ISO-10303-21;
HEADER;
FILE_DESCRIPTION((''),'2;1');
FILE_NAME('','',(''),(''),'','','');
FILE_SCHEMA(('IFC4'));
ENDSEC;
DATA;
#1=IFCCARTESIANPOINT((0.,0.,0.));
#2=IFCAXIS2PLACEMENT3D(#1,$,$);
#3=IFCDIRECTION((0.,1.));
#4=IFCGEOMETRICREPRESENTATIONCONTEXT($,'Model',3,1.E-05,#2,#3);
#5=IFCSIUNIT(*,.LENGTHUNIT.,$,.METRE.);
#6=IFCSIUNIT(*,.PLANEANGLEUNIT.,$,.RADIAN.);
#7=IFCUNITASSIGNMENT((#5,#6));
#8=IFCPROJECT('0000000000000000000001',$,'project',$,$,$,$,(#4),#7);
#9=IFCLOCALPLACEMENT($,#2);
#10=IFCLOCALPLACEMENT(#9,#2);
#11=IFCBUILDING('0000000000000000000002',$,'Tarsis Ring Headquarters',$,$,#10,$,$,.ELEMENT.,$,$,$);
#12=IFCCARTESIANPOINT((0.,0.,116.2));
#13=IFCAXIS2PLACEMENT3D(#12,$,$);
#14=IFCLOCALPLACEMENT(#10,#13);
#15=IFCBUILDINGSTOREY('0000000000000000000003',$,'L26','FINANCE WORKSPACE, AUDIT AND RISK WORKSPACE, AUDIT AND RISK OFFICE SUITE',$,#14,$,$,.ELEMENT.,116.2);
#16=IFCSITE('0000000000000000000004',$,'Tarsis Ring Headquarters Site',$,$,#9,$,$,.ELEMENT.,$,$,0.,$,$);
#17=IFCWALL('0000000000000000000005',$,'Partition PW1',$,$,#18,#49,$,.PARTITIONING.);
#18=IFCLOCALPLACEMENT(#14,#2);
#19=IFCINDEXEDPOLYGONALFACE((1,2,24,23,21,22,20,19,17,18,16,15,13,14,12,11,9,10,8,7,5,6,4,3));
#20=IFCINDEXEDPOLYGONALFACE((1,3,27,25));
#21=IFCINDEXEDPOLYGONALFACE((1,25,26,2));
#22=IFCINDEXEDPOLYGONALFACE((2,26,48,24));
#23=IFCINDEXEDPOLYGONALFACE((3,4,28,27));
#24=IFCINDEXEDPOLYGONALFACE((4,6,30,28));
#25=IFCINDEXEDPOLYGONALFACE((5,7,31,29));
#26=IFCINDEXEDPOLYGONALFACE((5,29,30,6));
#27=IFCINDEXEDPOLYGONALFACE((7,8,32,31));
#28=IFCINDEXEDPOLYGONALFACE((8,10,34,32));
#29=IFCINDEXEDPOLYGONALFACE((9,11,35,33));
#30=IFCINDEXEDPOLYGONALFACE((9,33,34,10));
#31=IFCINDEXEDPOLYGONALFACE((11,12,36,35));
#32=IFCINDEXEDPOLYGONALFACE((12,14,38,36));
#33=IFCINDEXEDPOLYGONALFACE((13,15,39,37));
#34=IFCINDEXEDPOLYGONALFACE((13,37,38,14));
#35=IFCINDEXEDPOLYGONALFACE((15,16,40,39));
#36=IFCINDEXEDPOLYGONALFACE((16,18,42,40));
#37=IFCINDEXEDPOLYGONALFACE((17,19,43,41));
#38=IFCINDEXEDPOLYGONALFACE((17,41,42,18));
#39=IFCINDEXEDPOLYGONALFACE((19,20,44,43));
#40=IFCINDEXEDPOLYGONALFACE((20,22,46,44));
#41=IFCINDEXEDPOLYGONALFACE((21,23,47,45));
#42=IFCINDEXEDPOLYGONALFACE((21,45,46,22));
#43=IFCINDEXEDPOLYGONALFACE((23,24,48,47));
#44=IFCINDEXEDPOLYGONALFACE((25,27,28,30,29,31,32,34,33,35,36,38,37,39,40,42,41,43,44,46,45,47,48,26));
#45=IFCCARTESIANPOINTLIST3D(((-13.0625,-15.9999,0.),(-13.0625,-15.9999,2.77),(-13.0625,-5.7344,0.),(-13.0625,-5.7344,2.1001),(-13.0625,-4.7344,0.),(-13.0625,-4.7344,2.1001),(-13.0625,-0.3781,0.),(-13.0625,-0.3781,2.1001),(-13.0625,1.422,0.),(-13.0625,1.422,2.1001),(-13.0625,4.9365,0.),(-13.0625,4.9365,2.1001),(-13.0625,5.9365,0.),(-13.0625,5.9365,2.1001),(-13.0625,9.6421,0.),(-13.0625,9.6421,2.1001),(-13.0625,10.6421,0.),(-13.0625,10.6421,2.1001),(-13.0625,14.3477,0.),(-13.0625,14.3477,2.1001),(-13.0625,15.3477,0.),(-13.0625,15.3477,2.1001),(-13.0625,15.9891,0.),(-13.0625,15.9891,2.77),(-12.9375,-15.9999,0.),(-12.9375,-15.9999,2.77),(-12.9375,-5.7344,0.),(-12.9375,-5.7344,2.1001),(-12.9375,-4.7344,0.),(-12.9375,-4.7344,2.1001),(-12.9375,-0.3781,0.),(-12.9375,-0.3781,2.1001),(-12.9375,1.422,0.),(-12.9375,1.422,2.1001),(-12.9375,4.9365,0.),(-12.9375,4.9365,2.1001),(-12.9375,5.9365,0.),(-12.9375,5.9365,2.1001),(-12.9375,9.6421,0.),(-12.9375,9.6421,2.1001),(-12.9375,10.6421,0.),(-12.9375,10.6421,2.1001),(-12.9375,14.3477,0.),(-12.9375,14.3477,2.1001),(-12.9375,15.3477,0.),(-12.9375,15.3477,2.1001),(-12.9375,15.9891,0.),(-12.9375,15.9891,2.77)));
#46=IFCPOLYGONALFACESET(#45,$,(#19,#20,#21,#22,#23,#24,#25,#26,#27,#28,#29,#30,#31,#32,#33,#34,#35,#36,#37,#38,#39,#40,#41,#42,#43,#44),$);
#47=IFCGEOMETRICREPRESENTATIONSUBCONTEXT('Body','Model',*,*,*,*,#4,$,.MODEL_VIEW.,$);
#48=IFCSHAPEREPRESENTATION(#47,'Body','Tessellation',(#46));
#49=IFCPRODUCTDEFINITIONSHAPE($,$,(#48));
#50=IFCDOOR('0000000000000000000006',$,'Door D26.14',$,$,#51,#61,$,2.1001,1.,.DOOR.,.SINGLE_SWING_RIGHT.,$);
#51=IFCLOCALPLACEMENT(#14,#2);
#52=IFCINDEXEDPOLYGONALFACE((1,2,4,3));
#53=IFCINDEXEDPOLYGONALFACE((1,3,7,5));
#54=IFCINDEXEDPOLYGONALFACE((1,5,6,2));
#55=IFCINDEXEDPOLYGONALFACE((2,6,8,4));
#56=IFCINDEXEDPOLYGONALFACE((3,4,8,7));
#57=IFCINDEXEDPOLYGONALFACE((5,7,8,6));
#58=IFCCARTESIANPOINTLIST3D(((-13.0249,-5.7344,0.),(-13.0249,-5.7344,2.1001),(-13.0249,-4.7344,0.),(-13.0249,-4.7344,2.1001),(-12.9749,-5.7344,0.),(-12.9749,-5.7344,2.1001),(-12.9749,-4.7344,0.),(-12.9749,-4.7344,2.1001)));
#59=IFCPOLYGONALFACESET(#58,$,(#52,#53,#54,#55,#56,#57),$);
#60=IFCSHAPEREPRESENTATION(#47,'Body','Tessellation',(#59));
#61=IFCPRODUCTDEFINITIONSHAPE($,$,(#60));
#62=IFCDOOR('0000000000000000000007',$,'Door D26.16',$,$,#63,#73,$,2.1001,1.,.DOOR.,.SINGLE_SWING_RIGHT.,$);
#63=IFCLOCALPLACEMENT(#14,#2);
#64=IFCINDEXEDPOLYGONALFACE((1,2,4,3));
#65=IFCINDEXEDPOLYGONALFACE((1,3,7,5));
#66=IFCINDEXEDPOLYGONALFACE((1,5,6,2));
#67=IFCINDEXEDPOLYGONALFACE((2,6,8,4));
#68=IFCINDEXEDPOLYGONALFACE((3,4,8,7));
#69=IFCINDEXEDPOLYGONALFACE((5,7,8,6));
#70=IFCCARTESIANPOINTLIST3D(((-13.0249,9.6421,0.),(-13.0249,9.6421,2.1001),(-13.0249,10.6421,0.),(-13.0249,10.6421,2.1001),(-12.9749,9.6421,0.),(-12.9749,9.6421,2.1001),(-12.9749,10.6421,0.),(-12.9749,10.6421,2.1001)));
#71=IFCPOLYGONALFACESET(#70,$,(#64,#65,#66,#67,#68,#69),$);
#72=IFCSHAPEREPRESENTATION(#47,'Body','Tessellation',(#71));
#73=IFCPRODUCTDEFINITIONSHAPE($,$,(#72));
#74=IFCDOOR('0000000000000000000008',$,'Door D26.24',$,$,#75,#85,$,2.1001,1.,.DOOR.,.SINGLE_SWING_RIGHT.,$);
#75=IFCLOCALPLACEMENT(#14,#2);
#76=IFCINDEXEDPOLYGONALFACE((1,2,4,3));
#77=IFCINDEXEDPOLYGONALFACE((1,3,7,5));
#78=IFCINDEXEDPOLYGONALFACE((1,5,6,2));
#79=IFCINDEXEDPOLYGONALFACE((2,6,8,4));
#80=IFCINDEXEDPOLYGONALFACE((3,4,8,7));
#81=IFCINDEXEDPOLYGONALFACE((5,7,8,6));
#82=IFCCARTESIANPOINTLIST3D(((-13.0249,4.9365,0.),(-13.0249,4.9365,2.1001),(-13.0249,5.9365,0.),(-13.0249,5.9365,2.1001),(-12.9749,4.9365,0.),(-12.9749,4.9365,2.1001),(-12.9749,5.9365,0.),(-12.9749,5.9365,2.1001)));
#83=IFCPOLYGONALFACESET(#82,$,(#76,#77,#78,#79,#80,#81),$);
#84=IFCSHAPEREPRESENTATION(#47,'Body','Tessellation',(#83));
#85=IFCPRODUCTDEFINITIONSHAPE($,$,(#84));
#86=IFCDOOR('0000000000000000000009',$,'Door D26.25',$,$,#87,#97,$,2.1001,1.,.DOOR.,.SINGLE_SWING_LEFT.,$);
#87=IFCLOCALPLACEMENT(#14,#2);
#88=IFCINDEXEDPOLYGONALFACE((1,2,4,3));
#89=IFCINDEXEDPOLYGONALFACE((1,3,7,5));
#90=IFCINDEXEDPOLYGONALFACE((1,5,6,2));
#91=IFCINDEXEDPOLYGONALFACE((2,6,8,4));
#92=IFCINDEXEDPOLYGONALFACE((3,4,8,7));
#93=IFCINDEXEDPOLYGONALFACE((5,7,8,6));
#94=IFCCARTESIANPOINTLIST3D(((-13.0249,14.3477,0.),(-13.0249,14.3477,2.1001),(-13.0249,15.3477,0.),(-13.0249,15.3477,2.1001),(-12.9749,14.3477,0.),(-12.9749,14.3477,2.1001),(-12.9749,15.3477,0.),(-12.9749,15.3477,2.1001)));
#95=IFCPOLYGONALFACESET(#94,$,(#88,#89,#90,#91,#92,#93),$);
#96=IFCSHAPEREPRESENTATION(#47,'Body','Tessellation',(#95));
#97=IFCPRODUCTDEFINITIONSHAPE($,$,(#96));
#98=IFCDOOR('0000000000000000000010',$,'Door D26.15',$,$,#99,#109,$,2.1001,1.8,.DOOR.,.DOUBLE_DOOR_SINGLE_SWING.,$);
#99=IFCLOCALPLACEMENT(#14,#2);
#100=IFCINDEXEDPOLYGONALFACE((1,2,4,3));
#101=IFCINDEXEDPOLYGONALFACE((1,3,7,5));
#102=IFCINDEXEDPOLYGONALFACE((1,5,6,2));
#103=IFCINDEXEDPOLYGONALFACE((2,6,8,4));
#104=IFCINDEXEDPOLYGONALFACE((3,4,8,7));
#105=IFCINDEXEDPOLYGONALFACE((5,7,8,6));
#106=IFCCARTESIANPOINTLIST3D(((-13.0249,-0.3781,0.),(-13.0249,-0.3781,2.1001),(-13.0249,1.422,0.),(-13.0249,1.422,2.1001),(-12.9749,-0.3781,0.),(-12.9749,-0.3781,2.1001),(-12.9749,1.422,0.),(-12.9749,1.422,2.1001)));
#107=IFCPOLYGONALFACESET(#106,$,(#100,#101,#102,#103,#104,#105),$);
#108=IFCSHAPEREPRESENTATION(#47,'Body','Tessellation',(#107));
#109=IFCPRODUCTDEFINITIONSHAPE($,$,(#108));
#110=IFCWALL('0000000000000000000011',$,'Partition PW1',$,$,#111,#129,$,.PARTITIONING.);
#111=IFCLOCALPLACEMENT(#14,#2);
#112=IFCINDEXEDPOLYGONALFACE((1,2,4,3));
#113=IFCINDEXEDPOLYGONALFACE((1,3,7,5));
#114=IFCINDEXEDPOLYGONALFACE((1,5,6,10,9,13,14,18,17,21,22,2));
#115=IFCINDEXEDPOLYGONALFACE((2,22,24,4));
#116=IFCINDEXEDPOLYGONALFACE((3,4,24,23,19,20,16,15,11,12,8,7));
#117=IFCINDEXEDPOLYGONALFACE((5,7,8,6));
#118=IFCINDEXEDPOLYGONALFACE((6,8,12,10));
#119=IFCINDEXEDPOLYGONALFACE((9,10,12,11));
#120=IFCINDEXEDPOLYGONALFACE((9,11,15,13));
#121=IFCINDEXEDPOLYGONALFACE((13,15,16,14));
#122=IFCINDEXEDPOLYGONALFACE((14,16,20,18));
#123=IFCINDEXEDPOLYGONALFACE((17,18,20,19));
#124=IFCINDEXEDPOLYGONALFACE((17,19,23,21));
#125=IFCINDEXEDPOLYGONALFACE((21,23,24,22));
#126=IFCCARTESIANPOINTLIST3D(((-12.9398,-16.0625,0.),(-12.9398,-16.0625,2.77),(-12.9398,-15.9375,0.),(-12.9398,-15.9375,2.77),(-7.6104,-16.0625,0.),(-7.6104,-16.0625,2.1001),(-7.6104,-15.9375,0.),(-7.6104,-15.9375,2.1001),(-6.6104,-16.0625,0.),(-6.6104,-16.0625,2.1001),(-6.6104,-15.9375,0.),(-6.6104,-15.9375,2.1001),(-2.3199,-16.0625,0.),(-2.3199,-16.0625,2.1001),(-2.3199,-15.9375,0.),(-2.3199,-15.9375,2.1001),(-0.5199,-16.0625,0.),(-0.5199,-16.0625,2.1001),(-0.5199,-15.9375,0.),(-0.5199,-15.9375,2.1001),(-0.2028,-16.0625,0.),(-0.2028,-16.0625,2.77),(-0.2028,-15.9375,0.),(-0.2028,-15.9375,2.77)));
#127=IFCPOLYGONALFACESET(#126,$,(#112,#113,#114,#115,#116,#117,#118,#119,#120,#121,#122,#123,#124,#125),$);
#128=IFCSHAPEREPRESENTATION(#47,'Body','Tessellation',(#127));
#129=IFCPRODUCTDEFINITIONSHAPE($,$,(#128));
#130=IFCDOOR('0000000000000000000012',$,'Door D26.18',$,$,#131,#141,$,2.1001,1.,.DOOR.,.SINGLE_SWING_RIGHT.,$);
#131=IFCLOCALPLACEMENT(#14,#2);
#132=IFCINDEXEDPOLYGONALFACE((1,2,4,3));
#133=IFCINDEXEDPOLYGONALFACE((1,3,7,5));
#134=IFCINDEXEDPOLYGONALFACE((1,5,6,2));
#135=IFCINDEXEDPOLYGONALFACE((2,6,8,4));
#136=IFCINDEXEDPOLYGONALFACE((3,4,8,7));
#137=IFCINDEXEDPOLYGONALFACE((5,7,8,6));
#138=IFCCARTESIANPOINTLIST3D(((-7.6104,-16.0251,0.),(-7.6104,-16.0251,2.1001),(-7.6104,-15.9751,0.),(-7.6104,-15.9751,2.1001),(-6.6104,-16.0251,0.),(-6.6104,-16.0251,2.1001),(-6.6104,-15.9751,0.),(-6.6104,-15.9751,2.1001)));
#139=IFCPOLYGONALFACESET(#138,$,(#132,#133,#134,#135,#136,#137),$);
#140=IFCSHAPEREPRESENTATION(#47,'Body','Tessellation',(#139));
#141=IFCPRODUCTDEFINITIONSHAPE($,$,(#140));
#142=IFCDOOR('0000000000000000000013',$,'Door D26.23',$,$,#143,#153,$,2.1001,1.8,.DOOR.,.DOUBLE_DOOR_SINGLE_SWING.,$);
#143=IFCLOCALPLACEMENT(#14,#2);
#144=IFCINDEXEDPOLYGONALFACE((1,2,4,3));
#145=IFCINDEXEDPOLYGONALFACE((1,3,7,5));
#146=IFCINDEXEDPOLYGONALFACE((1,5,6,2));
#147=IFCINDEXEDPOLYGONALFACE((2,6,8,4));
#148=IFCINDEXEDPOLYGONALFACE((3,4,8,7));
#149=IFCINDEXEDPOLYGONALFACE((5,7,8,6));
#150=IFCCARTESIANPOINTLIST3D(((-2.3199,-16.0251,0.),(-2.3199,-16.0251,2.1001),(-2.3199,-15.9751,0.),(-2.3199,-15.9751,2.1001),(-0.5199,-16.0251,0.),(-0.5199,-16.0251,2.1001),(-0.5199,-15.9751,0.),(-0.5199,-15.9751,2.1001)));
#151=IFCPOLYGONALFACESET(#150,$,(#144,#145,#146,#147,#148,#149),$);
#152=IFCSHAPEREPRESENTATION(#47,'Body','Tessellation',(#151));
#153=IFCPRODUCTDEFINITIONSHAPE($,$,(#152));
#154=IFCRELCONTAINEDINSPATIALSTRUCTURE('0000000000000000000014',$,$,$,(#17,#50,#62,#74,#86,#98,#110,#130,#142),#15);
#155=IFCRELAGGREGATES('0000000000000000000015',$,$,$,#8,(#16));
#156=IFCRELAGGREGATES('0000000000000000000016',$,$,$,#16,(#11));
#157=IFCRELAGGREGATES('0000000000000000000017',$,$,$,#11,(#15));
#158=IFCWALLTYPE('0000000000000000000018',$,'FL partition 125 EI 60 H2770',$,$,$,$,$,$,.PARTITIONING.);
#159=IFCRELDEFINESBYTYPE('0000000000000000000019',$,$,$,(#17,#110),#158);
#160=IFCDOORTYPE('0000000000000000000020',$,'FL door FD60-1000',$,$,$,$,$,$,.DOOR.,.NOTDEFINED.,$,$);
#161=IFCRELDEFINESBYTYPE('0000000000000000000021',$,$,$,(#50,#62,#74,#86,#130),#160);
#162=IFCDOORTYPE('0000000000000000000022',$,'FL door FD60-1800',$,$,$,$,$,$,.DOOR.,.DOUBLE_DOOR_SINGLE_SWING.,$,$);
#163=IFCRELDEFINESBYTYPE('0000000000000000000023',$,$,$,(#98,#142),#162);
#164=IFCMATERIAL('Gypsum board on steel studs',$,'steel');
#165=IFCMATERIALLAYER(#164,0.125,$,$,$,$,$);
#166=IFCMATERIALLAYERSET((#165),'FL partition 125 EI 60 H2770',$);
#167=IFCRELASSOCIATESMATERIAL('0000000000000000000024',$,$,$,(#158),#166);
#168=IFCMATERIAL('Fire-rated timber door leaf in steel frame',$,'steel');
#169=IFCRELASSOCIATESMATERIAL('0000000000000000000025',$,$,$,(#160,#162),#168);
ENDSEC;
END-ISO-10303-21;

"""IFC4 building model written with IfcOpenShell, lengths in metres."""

from ifc_helpers import new_model, si_unit, direction, frame, frame_2d, origin, place, context, subcontext, project, spatial, rectangle, extrude, material, layer, layer_set, type_object, element, fill, save


model = new_model("IFC4")

# Units and contexts
model_context = context("Model", 3, precision=1e-05, world=origin(), true_north=direction((0.0, 1.0)))
body_context = subcontext(model_context, "Body", "Model", "MODEL_VIEW")
ifc_project = project(units=[si_unit("LENGTHUNIT", "METRE"), si_unit("PLANEANGLEUNIT", "RADIAN")], contexts=[model_context])

# Site, building, storey
site_placement = place(None, origin())
site = spatial("IfcSite", under=ifc_project, at=site_placement, Name="Tarsis Ring Headquarters Site", CompositionType="ELEMENT", RefElevation=0.0)
building_placement = place(site_placement, origin())
building = spatial("IfcBuilding", under=site, at=building_placement, Name="Tarsis Ring Headquarters", CompositionType="ELEMENT")
storey_placement = place(building_placement, frame((0.0, 0.0, 116.2)))
storey = spatial("IfcBuildingStorey", under=building, at=storey_placement, Name="L26", Description="FINANCE WORKSPACE, AUDIT AND RISK WORKSPACE, AUDIT AND RISK OFFICE SUITE", CompositionType="ELEMENT", Elevation=116.2)

# Walls, openings, doors
ifc_material_1 = material(Name="Gypsum board on steel studs", Category="steel")
ifc_layer_1 = layer(ifc_material_1, 0.125)
ifc_layer_set_1 = layer_set([ifc_layer_1], Name="FL partition 125 EI 60 H2770")
wall_type_1 = type_object("IfcWallType", Name="FL partition 125 EI 60 H2770", PredefinedType="PARTITIONING", material=ifc_layer_set_1)
wall_1_placement = place(storey_placement, frame((-13.0, -16.0, 0.0), z_axis=(0.0, 0.0, 1.0), x_axis=(0.0, 1.0, 0.0)))
wall_1 = element("IfcWall", 1, at=wall_1_placement, inside=storey, type_object=wall_type_1, Name="Partition PW1", PredefinedType="PARTITIONING", context=body_context, shape_type="SweptSolid", body=[
    extrude(rectangle(XDim=31.989, YDim=0.125, at=frame_2d((15.9946, 0.0))), origin(), (0.0, 0.0, 1.0), 2.77),
])
opening_1_placement = place(wall_1_placement, frame((10.2656, 0.0, 0.0)))
opening_1 = element("IfcOpeningElement", 2, at=opening_1_placement, cuts=wall_1, PredefinedType="OPENING", context=body_context, shape_type="SweptSolid", body=[
    extrude(rectangle(XDim=1.0, YDim=2.1001, at=frame_2d((0.5, 1.05))), frame((0.0, 0.0725, 0.0), z_axis=(0.0, -1.0, 0.0), x_axis=(1.0, 0.0, 0.0)), (0.0, 0.0, 1.0), 0.145),
])
opening_2_placement = place(wall_1_placement, frame((15.6221, 0.0, 0.0)))
opening_2 = element("IfcOpeningElement", 3, at=opening_2_placement, cuts=wall_1, PredefinedType="OPENING", context=body_context, shape_type="SweptSolid", body=[
    extrude(rectangle(XDim=1.8, YDim=2.1001, at=frame_2d((0.8999, 1.05))), frame((0.0, 0.0725, 0.0), z_axis=(0.0, -1.0, 0.0), x_axis=(1.0, 0.0, 0.0)), (0.0, 0.0, 1.0), 0.145),
])
opening_3_placement = place(wall_1_placement, frame((25.6421, 0.0, 0.0)))
opening_3 = element("IfcOpeningElement", 4, at=opening_3_placement, cuts=wall_1, PredefinedType="OPENING", context=body_context, shape_type="SweptSolid", body=[
    extrude(rectangle(XDim=1.0, YDim=2.1001, at=frame_2d((0.5, 1.05))), frame((0.0, 0.0725, 0.0), z_axis=(0.0, -1.0, 0.0), x_axis=(1.0, 0.0, 0.0)), (0.0, 0.0, 1.0), 0.145),
])
opening_4_placement = place(wall_1_placement, frame((20.9365, 0.0, 0.0)))
opening_4 = element("IfcOpeningElement", 5, at=opening_4_placement, cuts=wall_1, PredefinedType="OPENING", context=body_context, shape_type="SweptSolid", body=[
    extrude(rectangle(XDim=1.0, YDim=2.1001, at=frame_2d((0.5, 1.05))), frame((0.0, 0.0725, 0.0), z_axis=(0.0, -1.0, 0.0), x_axis=(1.0, 0.0, 0.0)), (0.0, 0.0, 1.0), 0.145),
])
opening_5_placement = place(wall_1_placement, frame((30.3477, 0.0, 0.0)))
opening_5 = element("IfcOpeningElement", 6, at=opening_5_placement, cuts=wall_1, PredefinedType="OPENING", context=body_context, shape_type="SweptSolid", body=[
    extrude(rectangle(XDim=1.0, YDim=2.1001, at=frame_2d((0.5, 1.05))), frame((0.0, 0.0725, 0.0), z_axis=(0.0, -1.0, 0.0), x_axis=(1.0, 0.0, 0.0)), (0.0, 0.0, 1.0), 0.145),
])
ifc_material_2 = material(Name="Fire-rated timber door leaf in steel frame", Category="steel")
door_type_1 = type_object("IfcDoorType", Name="FL door FD60-1000", OperationType="NOTDEFINED", PredefinedType="DOOR", material=ifc_material_2)
door_1_placement = place(opening_1_placement, origin())
door_1 = element("IfcDoor", 7, at=door_1_placement, inside=storey, type_object=door_type_1, Name="Door D26.14", OperationType="SINGLE_SWING_RIGHT", OverallHeight=2.1001, OverallWidth=1.0, PredefinedType="DOOR", context=body_context, shape_type="SweptSolid", body=[
    extrude(rectangle(XDim=1.0, YDim=2.1001, at=frame_2d((0.5, 1.05))), frame((0.0, 0.0249, 0.0), z_axis=(0.0, -1.0, 0.0), x_axis=(1.0, 0.0, 0.0)), (0.0, 0.0, 1.0), 0.05),
])
fill(opening_1, door_1)
door_2_placement = place(opening_3_placement, origin())
door_2 = element("IfcDoor", 8, at=door_2_placement, inside=storey, type_object=door_type_1, Name="Door D26.16", OperationType="SINGLE_SWING_RIGHT", OverallHeight=2.1001, OverallWidth=1.0, PredefinedType="DOOR", context=body_context, shape_type="SweptSolid", body=[
    extrude(rectangle(XDim=1.0, YDim=2.1001, at=frame_2d((0.5, 1.05))), frame((0.0, 0.0249, 0.0), z_axis=(0.0, -1.0, 0.0), x_axis=(1.0, 0.0, 0.0)), (0.0, 0.0, 1.0), 0.05),
])
fill(opening_3, door_2)
door_3_placement = place(opening_4_placement, origin())
door_3 = element("IfcDoor", 9, at=door_3_placement, inside=storey, type_object=door_type_1, Name="Door D26.24", OperationType="SINGLE_SWING_RIGHT", OverallHeight=2.1001, OverallWidth=1.0, PredefinedType="DOOR", context=body_context, shape_type="SweptSolid", body=[
    extrude(rectangle(XDim=1.0, YDim=2.1001, at=frame_2d((0.5, 1.05))), frame((0.0, 0.0249, 0.0), z_axis=(0.0, -1.0, 0.0), x_axis=(1.0, 0.0, 0.0)), (0.0, 0.0, 1.0), 0.05),
])
fill(opening_4, door_3)
door_4_placement = place(opening_5_placement, origin())
door_4 = element("IfcDoor", 10, at=door_4_placement, inside=storey, type_object=door_type_1, Name="Door D26.25", OperationType="SINGLE_SWING_LEFT", OverallHeight=2.1001, OverallWidth=1.0, PredefinedType="DOOR", context=body_context, shape_type="SweptSolid", body=[
    extrude(rectangle(XDim=1.0, YDim=2.1001, at=frame_2d((0.5, 1.05))), frame((0.0, 0.0249, 0.0), z_axis=(0.0, -1.0, 0.0), x_axis=(1.0, 0.0, 0.0)), (0.0, 0.0, 1.0), 0.05),
])
fill(opening_5, door_4)
door_type_2 = type_object("IfcDoorType", Name="FL door FD60-1800", OperationType="DOUBLE_DOOR_SINGLE_SWING", PredefinedType="DOOR", material=ifc_material_2)
door_5_placement = place(opening_2_placement, origin())
door_5 = element("IfcDoor", 11, at=door_5_placement, inside=storey, type_object=door_type_2, Name="Door D26.15", OperationType="DOUBLE_DOOR_SINGLE_SWING", OverallHeight=2.1001, OverallWidth=1.8, PredefinedType="DOOR", context=body_context, shape_type="SweptSolid", body=[
    extrude(rectangle(XDim=1.8, YDim=2.1001, at=frame_2d((0.8999, 1.05))), frame((0.0, 0.0249, 0.0), z_axis=(0.0, -1.0, 0.0), x_axis=(1.0, 0.0, 0.0)), (0.0, 0.0, 1.0), 0.05),
])
fill(opening_2, door_5)
wall_2_placement = place(storey_placement, frame((-12.9399, -16.0, 0.0), z_axis=(0.0, 0.0, 1.0), x_axis=(1.0, 0.0, 0.0)))
wall_2 = element("IfcWall", 12, at=wall_2_placement, inside=storey, type_object=wall_type_1, Name="Partition PW1", PredefinedType="PARTITIONING", context=body_context, shape_type="SweptSolid", body=[
    extrude(rectangle(XDim=12.7371, YDim=0.125, at=frame_2d((6.3687, 0.0))), origin(), (0.0, 0.0, 1.0), 2.77),
])
opening_6_placement = place(wall_2_placement, frame((5.3296, 0.0, 0.0)))
opening_6 = element("IfcOpeningElement", 13, at=opening_6_placement, cuts=wall_2, PredefinedType="OPENING", context=body_context, shape_type="SweptSolid", body=[
    extrude(rectangle(XDim=1.0, YDim=2.1001, at=frame_2d((0.5, 1.05))), frame((0.0, 0.0725, 0.0), z_axis=(0.0, -1.0, 0.0), x_axis=(1.0, 0.0, 0.0)), (0.0, 0.0, 1.0), 0.145),
])
opening_7_placement = place(wall_2_placement, frame((10.6201, 0.0, 0.0)))
opening_7 = element("IfcOpeningElement", 14, at=opening_7_placement, cuts=wall_2, PredefinedType="OPENING", context=body_context, shape_type="SweptSolid", body=[
    extrude(rectangle(XDim=1.8, YDim=2.1001, at=frame_2d((0.8999, 1.05))), frame((0.0, 0.0725, 0.0), z_axis=(0.0, -1.0, 0.0), x_axis=(1.0, 0.0, 0.0)), (0.0, 0.0, 1.0), 0.145),
])
door_6_placement = place(opening_6_placement, origin())
door_6 = element("IfcDoor", 15, at=door_6_placement, inside=storey, type_object=door_type_1, Name="Door D26.18", OperationType="SINGLE_SWING_RIGHT", OverallHeight=2.1001, OverallWidth=1.0, PredefinedType="DOOR", context=body_context, shape_type="SweptSolid", body=[
    extrude(rectangle(XDim=1.0, YDim=2.1001, at=frame_2d((0.5, 1.05))), frame((0.0, 0.0249, 0.0), z_axis=(0.0, -1.0, 0.0), x_axis=(1.0, 0.0, 0.0)), (0.0, 0.0, 1.0), 0.05),
])
fill(opening_6, door_6)
door_7_placement = place(opening_7_placement, origin())
door_7 = element("IfcDoor", 16, at=door_7_placement, inside=storey, type_object=door_type_2, Name="Door D26.23", OperationType="DOUBLE_DOOR_SINGLE_SWING", OverallHeight=2.1001, OverallWidth=1.8, PredefinedType="DOOR", context=body_context, shape_type="SweptSolid", body=[
    extrude(rectangle(XDim=1.8, YDim=2.1001, at=frame_2d((0.8999, 1.05))), frame((0.0, 0.0249, 0.0), z_axis=(0.0, -1.0, 0.0), x_axis=(1.0, 0.0, 0.0)), (0.0, 0.0, 1.0), 0.05),
])
fill(opening_7, door_7)

save(model, "model.ifc")
